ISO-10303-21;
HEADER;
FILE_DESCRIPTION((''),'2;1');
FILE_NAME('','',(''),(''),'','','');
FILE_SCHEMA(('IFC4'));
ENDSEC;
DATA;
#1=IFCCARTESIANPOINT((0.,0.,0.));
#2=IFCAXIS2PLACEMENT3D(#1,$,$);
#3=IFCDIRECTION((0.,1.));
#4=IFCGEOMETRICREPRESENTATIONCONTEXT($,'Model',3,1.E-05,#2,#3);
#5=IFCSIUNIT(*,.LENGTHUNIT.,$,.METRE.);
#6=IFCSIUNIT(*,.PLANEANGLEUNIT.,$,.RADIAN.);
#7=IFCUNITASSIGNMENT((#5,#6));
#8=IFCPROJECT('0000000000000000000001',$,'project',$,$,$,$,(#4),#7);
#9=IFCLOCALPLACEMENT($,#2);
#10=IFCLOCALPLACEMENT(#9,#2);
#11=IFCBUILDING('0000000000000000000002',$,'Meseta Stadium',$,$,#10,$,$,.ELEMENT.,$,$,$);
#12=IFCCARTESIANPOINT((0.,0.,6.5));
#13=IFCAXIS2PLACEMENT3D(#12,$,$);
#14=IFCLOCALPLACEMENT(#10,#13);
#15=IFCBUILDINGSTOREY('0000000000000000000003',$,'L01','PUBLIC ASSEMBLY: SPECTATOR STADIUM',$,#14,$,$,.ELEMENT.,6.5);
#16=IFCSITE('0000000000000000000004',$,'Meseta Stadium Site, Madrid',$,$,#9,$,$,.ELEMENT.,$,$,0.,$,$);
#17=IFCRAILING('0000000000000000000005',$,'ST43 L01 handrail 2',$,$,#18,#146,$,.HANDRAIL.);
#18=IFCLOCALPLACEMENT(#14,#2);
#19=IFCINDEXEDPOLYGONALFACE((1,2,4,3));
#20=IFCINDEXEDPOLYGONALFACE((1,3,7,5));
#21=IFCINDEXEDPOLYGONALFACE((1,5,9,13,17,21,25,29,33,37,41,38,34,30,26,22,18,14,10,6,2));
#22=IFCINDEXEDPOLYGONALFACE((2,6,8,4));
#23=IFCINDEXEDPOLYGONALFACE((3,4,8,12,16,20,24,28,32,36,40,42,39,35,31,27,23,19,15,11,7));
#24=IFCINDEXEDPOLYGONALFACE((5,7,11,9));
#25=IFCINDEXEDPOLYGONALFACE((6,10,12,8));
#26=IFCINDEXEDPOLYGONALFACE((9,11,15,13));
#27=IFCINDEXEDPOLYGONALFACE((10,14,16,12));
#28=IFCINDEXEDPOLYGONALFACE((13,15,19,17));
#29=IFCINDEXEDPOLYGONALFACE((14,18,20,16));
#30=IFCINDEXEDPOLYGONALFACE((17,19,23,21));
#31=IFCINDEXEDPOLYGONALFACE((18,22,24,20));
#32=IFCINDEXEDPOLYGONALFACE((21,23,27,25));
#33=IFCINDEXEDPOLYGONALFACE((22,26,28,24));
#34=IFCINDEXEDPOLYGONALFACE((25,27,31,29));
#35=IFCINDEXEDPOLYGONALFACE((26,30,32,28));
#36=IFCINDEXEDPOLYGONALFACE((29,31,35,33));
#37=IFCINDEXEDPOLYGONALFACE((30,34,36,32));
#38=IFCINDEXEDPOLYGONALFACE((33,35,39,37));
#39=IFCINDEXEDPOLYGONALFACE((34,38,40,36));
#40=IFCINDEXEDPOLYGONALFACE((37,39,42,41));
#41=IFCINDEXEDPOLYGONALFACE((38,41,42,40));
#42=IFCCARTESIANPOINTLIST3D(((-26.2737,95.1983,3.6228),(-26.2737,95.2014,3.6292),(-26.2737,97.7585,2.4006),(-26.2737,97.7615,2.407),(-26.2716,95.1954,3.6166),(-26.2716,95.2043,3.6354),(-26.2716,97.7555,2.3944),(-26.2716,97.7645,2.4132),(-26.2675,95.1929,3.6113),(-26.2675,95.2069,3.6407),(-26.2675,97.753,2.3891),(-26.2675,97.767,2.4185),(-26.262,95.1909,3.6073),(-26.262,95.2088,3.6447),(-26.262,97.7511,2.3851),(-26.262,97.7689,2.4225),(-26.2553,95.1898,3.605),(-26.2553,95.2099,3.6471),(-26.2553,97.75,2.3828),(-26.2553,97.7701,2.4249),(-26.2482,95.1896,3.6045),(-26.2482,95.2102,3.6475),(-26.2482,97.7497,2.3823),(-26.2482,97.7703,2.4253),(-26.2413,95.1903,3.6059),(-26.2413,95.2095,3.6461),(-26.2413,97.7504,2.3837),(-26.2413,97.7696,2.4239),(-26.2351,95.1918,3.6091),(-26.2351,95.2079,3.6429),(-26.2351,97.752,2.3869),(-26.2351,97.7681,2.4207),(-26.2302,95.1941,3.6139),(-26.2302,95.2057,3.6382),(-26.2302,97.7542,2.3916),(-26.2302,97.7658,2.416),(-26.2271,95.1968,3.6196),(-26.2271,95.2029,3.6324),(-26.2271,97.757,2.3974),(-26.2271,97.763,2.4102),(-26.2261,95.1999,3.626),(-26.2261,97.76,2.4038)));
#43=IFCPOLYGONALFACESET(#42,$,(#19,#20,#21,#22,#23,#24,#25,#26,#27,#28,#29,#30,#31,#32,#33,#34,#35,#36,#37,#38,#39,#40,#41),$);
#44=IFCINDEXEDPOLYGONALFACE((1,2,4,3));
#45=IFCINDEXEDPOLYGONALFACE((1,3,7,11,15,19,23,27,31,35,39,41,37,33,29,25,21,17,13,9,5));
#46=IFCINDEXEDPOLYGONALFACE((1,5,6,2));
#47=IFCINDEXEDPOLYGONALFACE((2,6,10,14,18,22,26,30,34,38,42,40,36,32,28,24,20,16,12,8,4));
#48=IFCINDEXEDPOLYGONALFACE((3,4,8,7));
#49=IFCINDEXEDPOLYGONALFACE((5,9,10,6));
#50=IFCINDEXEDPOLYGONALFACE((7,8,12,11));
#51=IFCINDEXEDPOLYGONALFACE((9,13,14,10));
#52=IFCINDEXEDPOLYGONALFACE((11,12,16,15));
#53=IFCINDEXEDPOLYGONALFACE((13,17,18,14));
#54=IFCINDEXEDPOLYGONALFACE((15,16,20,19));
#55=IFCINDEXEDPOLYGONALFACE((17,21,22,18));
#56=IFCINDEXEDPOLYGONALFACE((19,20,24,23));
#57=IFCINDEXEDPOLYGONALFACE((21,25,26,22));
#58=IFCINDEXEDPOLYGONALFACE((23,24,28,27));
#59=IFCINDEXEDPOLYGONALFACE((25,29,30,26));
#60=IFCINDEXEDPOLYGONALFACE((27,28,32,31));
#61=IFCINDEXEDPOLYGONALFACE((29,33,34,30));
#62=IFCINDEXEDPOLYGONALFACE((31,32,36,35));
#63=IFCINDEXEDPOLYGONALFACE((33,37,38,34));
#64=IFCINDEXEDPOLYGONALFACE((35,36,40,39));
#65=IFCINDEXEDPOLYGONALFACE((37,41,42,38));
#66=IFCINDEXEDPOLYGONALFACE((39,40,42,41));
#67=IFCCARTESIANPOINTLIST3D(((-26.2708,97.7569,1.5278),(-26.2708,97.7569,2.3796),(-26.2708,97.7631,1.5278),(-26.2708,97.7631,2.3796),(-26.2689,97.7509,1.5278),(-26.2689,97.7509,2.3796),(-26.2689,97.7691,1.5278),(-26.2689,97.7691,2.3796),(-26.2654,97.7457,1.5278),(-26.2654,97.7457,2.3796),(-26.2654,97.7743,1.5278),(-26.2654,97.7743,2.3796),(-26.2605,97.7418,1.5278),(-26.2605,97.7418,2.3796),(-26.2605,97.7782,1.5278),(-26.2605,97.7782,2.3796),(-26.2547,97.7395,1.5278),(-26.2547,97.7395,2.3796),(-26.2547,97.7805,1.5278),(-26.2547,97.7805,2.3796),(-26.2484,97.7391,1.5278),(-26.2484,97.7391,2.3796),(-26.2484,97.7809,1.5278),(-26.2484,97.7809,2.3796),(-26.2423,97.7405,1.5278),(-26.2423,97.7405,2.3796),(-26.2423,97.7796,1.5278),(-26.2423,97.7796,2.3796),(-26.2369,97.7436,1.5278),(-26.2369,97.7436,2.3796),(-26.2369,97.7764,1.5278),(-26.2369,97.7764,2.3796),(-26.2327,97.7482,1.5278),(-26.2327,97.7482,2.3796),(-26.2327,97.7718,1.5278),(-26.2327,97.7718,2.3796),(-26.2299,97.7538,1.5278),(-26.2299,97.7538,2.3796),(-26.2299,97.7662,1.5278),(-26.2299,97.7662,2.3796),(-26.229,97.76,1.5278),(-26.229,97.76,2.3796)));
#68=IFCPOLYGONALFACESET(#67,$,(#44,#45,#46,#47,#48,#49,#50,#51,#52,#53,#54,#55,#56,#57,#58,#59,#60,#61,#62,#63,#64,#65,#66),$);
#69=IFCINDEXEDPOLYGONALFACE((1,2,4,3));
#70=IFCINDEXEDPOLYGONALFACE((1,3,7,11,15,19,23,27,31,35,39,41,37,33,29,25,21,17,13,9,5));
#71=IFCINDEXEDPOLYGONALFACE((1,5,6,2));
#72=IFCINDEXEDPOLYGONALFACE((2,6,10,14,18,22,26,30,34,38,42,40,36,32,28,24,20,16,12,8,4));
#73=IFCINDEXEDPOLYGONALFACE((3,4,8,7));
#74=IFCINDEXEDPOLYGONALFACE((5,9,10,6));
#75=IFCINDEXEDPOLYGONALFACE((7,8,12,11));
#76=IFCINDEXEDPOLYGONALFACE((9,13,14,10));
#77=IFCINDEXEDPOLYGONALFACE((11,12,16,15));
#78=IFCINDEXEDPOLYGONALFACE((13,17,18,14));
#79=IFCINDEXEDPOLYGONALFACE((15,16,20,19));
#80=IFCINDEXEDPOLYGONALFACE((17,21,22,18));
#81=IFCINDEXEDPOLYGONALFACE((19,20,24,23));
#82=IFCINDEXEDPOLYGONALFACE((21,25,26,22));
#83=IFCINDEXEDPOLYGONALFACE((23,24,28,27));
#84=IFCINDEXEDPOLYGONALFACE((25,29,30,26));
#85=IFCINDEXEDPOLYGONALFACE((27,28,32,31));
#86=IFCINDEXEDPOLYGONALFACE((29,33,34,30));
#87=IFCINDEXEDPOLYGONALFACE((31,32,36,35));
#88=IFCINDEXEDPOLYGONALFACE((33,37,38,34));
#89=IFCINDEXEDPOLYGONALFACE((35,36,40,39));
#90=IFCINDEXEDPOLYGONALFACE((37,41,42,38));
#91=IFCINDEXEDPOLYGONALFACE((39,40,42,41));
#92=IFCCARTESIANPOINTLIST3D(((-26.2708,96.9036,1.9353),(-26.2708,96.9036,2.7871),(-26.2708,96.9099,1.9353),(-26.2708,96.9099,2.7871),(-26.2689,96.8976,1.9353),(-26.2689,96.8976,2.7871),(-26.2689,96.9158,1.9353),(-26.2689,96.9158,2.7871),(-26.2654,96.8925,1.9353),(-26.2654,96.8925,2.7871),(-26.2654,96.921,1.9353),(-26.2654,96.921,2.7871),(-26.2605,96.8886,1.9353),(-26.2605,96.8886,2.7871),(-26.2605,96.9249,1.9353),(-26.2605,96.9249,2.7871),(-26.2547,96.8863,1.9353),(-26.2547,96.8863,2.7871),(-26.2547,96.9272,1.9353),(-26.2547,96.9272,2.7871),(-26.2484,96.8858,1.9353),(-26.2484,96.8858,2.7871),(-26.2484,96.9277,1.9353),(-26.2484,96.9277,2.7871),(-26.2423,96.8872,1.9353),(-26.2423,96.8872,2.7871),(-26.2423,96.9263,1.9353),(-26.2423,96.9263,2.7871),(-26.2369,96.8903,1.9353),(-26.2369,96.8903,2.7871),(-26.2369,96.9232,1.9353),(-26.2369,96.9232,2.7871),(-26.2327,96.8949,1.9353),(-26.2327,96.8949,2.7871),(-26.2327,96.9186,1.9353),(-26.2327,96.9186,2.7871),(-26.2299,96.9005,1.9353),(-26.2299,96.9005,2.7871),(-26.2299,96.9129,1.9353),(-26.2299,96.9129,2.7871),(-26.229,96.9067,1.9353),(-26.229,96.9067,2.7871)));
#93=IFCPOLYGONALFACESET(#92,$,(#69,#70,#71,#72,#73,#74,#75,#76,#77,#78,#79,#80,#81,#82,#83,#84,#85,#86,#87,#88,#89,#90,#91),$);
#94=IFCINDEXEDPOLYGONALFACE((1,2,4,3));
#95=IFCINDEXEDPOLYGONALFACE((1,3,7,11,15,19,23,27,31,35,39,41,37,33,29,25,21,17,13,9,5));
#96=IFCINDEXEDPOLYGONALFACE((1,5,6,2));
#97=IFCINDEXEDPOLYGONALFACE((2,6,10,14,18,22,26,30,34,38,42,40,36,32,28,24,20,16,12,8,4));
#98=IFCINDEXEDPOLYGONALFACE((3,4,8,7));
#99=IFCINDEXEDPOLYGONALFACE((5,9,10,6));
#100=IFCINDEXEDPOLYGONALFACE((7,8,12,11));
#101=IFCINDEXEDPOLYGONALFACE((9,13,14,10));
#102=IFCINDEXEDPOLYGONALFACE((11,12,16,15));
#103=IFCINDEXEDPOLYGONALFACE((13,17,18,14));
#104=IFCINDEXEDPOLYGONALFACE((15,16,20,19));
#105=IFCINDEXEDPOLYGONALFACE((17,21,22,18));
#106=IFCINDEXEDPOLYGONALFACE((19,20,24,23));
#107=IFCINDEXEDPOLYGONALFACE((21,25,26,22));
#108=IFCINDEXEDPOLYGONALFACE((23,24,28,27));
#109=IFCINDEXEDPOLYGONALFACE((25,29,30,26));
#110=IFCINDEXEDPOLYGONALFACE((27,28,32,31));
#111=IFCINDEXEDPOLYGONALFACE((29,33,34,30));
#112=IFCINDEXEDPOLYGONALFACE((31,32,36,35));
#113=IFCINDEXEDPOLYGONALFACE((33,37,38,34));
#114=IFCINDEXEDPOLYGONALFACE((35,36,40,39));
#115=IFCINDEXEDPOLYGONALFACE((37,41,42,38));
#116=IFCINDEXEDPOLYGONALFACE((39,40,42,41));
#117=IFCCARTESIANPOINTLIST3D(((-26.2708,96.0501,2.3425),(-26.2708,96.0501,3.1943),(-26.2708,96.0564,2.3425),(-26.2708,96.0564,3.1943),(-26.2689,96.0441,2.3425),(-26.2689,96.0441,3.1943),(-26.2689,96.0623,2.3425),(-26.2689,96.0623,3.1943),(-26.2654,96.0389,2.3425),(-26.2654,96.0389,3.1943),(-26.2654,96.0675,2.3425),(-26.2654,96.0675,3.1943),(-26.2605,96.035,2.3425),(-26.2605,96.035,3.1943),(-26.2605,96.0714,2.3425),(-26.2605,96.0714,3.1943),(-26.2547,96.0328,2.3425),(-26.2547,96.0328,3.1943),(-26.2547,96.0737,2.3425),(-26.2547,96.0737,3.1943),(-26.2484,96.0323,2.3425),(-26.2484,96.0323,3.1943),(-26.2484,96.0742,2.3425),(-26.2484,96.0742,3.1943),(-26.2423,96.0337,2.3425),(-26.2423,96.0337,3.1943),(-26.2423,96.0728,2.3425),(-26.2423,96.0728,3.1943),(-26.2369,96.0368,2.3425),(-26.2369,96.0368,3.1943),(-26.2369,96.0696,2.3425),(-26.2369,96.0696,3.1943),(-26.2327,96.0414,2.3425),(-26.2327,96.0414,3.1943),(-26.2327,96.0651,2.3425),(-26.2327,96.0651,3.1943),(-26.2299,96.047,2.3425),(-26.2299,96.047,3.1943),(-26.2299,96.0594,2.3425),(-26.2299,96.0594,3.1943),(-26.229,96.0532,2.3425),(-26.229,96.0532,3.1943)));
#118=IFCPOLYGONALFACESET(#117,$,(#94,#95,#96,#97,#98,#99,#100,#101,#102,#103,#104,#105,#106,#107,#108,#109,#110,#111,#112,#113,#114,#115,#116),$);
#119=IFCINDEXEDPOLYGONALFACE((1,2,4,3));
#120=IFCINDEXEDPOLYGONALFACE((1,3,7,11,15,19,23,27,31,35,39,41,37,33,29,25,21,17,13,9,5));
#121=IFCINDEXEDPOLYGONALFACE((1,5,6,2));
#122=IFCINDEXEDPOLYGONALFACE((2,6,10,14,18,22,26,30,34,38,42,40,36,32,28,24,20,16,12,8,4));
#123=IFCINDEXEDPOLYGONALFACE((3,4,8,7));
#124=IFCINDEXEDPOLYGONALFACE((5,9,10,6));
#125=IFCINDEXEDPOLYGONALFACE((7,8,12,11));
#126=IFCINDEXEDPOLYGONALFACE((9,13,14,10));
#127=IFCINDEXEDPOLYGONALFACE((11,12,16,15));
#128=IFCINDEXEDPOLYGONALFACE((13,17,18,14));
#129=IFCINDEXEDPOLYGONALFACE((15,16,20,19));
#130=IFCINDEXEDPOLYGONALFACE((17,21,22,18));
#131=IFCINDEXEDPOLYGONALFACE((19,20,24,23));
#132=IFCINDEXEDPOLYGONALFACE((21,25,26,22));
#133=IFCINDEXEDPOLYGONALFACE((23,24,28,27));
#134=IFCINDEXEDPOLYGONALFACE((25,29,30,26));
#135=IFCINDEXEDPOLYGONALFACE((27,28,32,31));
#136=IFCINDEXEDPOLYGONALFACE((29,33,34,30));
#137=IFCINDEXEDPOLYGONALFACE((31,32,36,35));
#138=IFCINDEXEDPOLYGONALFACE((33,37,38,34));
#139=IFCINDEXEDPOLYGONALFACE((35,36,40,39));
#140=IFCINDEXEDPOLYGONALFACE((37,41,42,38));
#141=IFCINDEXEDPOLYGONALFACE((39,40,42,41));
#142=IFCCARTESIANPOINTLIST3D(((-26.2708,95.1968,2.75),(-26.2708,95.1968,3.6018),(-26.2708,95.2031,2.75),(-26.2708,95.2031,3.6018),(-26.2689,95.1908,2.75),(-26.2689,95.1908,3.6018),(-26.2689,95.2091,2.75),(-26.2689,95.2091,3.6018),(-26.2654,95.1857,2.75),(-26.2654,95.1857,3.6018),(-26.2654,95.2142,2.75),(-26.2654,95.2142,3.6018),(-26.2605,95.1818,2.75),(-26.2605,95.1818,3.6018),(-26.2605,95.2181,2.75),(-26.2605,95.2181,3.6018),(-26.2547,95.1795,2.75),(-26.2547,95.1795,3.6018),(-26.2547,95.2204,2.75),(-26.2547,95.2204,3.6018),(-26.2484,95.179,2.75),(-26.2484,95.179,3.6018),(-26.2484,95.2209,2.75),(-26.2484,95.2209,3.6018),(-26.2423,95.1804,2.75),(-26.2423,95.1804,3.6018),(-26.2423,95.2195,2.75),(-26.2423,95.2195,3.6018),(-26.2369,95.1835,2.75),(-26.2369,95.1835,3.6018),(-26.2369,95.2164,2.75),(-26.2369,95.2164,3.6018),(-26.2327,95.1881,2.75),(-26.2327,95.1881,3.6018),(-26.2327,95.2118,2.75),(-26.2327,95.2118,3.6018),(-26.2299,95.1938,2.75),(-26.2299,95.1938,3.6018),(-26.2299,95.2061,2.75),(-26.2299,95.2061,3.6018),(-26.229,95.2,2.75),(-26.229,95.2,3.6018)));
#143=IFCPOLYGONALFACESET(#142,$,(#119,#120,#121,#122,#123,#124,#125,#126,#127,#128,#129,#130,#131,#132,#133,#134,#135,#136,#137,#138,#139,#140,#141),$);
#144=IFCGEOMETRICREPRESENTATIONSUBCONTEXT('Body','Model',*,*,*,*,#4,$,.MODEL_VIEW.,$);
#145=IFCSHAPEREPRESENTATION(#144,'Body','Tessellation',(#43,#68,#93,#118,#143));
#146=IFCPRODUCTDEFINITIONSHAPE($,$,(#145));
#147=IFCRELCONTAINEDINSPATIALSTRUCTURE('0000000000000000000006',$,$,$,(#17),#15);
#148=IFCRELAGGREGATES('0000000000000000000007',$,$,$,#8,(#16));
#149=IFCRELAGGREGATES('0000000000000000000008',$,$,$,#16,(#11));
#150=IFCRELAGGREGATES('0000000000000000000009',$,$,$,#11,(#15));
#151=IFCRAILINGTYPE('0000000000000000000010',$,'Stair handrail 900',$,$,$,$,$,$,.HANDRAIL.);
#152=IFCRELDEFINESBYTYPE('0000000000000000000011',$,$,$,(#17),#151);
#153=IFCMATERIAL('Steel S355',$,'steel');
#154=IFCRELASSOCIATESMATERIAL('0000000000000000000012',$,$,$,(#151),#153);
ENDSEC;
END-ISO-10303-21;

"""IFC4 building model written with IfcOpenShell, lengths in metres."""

from ifc_helpers import new_model, si_unit, direction, frame, origin, origin_2d, place, context, subcontext, project, spatial, circle, extrude, material, type_object, element, save


model = new_model("IFC4")

# Units and contexts
model_context = context("Model", 3, precision=1e-05, world=origin(), true_north=direction((0.0, 1.0)))
body_context = subcontext(model_context, "Body", "Model", "MODEL_VIEW")
ifc_project = project(units=[si_unit("LENGTHUNIT", "METRE"), si_unit("PLANEANGLEUNIT", "RADIAN")], contexts=[model_context])

# Site, building, storey
site_placement = place(None, origin())
site = spatial("IfcSite", under=ifc_project, at=site_placement, Name="Meseta Stadium Site, Madrid", CompositionType="ELEMENT", RefElevation=0.0)
building_placement = place(site_placement, origin())
building = spatial("IfcBuilding", under=site, at=building_placement, Name="Meseta Stadium", CompositionType="ELEMENT")
storey_placement = place(building_placement, frame((0.0, 0.0, 6.5)))
storey = spatial("IfcBuildingStorey", under=building, at=storey_placement, Name="L01", Description="PUBLIC ASSEMBLY: SPECTATOR STADIUM", CompositionType="ELEMENT", Elevation=6.5)

# Railing
ifc_material_1 = material(Name="Steel S355", Category="steel")
railing_type_1 = type_object("IfcRailingType", Name="Stair handrail 900", PredefinedType="HANDRAIL", material=ifc_material_1)
for number, where, name in (
    (1, (-26.25, 97.76, 1.5278), "ST43 L01 handrail 2"),
):
    element("IfcRailing", number, at=place(storey_placement, frame(where)), inside=storey, type_object=railing_type_1, Name=name, PredefinedType="HANDRAIL", context=body_context, shape_type="SweptSolid", body=[
        extrude(circle(Radius=0.0239, at=origin_2d()), frame((0.0, 0.0, 0.876), z_axis=(0.0, -0.902437, 0.430822), x_axis=(1.0, 0.0, 0.0)), (0.0, 0.0, 1.0), 2.8369),
        extrude(circle(Radius=0.021, at=origin_2d()), origin(), (0.0, 0.0, 1.0), 0.8518),
        extrude(circle(Radius=0.021, at=origin_2d()), frame((0.0, -0.8533, 0.4075)), (0.0, 0.0, 1.0), 0.8518),
        extrude(circle(Radius=0.021, at=origin_2d()), frame((0.0, -1.7068, 0.8147)), (0.0, 0.0, 1.0), 0.8518),
        extrude(circle(Radius=0.021, at=origin_2d()), frame((0.0, -2.5601, 1.2222)), (0.0, 0.0, 1.0), 0.8518),
    ])

save(model, "model.ifc")
